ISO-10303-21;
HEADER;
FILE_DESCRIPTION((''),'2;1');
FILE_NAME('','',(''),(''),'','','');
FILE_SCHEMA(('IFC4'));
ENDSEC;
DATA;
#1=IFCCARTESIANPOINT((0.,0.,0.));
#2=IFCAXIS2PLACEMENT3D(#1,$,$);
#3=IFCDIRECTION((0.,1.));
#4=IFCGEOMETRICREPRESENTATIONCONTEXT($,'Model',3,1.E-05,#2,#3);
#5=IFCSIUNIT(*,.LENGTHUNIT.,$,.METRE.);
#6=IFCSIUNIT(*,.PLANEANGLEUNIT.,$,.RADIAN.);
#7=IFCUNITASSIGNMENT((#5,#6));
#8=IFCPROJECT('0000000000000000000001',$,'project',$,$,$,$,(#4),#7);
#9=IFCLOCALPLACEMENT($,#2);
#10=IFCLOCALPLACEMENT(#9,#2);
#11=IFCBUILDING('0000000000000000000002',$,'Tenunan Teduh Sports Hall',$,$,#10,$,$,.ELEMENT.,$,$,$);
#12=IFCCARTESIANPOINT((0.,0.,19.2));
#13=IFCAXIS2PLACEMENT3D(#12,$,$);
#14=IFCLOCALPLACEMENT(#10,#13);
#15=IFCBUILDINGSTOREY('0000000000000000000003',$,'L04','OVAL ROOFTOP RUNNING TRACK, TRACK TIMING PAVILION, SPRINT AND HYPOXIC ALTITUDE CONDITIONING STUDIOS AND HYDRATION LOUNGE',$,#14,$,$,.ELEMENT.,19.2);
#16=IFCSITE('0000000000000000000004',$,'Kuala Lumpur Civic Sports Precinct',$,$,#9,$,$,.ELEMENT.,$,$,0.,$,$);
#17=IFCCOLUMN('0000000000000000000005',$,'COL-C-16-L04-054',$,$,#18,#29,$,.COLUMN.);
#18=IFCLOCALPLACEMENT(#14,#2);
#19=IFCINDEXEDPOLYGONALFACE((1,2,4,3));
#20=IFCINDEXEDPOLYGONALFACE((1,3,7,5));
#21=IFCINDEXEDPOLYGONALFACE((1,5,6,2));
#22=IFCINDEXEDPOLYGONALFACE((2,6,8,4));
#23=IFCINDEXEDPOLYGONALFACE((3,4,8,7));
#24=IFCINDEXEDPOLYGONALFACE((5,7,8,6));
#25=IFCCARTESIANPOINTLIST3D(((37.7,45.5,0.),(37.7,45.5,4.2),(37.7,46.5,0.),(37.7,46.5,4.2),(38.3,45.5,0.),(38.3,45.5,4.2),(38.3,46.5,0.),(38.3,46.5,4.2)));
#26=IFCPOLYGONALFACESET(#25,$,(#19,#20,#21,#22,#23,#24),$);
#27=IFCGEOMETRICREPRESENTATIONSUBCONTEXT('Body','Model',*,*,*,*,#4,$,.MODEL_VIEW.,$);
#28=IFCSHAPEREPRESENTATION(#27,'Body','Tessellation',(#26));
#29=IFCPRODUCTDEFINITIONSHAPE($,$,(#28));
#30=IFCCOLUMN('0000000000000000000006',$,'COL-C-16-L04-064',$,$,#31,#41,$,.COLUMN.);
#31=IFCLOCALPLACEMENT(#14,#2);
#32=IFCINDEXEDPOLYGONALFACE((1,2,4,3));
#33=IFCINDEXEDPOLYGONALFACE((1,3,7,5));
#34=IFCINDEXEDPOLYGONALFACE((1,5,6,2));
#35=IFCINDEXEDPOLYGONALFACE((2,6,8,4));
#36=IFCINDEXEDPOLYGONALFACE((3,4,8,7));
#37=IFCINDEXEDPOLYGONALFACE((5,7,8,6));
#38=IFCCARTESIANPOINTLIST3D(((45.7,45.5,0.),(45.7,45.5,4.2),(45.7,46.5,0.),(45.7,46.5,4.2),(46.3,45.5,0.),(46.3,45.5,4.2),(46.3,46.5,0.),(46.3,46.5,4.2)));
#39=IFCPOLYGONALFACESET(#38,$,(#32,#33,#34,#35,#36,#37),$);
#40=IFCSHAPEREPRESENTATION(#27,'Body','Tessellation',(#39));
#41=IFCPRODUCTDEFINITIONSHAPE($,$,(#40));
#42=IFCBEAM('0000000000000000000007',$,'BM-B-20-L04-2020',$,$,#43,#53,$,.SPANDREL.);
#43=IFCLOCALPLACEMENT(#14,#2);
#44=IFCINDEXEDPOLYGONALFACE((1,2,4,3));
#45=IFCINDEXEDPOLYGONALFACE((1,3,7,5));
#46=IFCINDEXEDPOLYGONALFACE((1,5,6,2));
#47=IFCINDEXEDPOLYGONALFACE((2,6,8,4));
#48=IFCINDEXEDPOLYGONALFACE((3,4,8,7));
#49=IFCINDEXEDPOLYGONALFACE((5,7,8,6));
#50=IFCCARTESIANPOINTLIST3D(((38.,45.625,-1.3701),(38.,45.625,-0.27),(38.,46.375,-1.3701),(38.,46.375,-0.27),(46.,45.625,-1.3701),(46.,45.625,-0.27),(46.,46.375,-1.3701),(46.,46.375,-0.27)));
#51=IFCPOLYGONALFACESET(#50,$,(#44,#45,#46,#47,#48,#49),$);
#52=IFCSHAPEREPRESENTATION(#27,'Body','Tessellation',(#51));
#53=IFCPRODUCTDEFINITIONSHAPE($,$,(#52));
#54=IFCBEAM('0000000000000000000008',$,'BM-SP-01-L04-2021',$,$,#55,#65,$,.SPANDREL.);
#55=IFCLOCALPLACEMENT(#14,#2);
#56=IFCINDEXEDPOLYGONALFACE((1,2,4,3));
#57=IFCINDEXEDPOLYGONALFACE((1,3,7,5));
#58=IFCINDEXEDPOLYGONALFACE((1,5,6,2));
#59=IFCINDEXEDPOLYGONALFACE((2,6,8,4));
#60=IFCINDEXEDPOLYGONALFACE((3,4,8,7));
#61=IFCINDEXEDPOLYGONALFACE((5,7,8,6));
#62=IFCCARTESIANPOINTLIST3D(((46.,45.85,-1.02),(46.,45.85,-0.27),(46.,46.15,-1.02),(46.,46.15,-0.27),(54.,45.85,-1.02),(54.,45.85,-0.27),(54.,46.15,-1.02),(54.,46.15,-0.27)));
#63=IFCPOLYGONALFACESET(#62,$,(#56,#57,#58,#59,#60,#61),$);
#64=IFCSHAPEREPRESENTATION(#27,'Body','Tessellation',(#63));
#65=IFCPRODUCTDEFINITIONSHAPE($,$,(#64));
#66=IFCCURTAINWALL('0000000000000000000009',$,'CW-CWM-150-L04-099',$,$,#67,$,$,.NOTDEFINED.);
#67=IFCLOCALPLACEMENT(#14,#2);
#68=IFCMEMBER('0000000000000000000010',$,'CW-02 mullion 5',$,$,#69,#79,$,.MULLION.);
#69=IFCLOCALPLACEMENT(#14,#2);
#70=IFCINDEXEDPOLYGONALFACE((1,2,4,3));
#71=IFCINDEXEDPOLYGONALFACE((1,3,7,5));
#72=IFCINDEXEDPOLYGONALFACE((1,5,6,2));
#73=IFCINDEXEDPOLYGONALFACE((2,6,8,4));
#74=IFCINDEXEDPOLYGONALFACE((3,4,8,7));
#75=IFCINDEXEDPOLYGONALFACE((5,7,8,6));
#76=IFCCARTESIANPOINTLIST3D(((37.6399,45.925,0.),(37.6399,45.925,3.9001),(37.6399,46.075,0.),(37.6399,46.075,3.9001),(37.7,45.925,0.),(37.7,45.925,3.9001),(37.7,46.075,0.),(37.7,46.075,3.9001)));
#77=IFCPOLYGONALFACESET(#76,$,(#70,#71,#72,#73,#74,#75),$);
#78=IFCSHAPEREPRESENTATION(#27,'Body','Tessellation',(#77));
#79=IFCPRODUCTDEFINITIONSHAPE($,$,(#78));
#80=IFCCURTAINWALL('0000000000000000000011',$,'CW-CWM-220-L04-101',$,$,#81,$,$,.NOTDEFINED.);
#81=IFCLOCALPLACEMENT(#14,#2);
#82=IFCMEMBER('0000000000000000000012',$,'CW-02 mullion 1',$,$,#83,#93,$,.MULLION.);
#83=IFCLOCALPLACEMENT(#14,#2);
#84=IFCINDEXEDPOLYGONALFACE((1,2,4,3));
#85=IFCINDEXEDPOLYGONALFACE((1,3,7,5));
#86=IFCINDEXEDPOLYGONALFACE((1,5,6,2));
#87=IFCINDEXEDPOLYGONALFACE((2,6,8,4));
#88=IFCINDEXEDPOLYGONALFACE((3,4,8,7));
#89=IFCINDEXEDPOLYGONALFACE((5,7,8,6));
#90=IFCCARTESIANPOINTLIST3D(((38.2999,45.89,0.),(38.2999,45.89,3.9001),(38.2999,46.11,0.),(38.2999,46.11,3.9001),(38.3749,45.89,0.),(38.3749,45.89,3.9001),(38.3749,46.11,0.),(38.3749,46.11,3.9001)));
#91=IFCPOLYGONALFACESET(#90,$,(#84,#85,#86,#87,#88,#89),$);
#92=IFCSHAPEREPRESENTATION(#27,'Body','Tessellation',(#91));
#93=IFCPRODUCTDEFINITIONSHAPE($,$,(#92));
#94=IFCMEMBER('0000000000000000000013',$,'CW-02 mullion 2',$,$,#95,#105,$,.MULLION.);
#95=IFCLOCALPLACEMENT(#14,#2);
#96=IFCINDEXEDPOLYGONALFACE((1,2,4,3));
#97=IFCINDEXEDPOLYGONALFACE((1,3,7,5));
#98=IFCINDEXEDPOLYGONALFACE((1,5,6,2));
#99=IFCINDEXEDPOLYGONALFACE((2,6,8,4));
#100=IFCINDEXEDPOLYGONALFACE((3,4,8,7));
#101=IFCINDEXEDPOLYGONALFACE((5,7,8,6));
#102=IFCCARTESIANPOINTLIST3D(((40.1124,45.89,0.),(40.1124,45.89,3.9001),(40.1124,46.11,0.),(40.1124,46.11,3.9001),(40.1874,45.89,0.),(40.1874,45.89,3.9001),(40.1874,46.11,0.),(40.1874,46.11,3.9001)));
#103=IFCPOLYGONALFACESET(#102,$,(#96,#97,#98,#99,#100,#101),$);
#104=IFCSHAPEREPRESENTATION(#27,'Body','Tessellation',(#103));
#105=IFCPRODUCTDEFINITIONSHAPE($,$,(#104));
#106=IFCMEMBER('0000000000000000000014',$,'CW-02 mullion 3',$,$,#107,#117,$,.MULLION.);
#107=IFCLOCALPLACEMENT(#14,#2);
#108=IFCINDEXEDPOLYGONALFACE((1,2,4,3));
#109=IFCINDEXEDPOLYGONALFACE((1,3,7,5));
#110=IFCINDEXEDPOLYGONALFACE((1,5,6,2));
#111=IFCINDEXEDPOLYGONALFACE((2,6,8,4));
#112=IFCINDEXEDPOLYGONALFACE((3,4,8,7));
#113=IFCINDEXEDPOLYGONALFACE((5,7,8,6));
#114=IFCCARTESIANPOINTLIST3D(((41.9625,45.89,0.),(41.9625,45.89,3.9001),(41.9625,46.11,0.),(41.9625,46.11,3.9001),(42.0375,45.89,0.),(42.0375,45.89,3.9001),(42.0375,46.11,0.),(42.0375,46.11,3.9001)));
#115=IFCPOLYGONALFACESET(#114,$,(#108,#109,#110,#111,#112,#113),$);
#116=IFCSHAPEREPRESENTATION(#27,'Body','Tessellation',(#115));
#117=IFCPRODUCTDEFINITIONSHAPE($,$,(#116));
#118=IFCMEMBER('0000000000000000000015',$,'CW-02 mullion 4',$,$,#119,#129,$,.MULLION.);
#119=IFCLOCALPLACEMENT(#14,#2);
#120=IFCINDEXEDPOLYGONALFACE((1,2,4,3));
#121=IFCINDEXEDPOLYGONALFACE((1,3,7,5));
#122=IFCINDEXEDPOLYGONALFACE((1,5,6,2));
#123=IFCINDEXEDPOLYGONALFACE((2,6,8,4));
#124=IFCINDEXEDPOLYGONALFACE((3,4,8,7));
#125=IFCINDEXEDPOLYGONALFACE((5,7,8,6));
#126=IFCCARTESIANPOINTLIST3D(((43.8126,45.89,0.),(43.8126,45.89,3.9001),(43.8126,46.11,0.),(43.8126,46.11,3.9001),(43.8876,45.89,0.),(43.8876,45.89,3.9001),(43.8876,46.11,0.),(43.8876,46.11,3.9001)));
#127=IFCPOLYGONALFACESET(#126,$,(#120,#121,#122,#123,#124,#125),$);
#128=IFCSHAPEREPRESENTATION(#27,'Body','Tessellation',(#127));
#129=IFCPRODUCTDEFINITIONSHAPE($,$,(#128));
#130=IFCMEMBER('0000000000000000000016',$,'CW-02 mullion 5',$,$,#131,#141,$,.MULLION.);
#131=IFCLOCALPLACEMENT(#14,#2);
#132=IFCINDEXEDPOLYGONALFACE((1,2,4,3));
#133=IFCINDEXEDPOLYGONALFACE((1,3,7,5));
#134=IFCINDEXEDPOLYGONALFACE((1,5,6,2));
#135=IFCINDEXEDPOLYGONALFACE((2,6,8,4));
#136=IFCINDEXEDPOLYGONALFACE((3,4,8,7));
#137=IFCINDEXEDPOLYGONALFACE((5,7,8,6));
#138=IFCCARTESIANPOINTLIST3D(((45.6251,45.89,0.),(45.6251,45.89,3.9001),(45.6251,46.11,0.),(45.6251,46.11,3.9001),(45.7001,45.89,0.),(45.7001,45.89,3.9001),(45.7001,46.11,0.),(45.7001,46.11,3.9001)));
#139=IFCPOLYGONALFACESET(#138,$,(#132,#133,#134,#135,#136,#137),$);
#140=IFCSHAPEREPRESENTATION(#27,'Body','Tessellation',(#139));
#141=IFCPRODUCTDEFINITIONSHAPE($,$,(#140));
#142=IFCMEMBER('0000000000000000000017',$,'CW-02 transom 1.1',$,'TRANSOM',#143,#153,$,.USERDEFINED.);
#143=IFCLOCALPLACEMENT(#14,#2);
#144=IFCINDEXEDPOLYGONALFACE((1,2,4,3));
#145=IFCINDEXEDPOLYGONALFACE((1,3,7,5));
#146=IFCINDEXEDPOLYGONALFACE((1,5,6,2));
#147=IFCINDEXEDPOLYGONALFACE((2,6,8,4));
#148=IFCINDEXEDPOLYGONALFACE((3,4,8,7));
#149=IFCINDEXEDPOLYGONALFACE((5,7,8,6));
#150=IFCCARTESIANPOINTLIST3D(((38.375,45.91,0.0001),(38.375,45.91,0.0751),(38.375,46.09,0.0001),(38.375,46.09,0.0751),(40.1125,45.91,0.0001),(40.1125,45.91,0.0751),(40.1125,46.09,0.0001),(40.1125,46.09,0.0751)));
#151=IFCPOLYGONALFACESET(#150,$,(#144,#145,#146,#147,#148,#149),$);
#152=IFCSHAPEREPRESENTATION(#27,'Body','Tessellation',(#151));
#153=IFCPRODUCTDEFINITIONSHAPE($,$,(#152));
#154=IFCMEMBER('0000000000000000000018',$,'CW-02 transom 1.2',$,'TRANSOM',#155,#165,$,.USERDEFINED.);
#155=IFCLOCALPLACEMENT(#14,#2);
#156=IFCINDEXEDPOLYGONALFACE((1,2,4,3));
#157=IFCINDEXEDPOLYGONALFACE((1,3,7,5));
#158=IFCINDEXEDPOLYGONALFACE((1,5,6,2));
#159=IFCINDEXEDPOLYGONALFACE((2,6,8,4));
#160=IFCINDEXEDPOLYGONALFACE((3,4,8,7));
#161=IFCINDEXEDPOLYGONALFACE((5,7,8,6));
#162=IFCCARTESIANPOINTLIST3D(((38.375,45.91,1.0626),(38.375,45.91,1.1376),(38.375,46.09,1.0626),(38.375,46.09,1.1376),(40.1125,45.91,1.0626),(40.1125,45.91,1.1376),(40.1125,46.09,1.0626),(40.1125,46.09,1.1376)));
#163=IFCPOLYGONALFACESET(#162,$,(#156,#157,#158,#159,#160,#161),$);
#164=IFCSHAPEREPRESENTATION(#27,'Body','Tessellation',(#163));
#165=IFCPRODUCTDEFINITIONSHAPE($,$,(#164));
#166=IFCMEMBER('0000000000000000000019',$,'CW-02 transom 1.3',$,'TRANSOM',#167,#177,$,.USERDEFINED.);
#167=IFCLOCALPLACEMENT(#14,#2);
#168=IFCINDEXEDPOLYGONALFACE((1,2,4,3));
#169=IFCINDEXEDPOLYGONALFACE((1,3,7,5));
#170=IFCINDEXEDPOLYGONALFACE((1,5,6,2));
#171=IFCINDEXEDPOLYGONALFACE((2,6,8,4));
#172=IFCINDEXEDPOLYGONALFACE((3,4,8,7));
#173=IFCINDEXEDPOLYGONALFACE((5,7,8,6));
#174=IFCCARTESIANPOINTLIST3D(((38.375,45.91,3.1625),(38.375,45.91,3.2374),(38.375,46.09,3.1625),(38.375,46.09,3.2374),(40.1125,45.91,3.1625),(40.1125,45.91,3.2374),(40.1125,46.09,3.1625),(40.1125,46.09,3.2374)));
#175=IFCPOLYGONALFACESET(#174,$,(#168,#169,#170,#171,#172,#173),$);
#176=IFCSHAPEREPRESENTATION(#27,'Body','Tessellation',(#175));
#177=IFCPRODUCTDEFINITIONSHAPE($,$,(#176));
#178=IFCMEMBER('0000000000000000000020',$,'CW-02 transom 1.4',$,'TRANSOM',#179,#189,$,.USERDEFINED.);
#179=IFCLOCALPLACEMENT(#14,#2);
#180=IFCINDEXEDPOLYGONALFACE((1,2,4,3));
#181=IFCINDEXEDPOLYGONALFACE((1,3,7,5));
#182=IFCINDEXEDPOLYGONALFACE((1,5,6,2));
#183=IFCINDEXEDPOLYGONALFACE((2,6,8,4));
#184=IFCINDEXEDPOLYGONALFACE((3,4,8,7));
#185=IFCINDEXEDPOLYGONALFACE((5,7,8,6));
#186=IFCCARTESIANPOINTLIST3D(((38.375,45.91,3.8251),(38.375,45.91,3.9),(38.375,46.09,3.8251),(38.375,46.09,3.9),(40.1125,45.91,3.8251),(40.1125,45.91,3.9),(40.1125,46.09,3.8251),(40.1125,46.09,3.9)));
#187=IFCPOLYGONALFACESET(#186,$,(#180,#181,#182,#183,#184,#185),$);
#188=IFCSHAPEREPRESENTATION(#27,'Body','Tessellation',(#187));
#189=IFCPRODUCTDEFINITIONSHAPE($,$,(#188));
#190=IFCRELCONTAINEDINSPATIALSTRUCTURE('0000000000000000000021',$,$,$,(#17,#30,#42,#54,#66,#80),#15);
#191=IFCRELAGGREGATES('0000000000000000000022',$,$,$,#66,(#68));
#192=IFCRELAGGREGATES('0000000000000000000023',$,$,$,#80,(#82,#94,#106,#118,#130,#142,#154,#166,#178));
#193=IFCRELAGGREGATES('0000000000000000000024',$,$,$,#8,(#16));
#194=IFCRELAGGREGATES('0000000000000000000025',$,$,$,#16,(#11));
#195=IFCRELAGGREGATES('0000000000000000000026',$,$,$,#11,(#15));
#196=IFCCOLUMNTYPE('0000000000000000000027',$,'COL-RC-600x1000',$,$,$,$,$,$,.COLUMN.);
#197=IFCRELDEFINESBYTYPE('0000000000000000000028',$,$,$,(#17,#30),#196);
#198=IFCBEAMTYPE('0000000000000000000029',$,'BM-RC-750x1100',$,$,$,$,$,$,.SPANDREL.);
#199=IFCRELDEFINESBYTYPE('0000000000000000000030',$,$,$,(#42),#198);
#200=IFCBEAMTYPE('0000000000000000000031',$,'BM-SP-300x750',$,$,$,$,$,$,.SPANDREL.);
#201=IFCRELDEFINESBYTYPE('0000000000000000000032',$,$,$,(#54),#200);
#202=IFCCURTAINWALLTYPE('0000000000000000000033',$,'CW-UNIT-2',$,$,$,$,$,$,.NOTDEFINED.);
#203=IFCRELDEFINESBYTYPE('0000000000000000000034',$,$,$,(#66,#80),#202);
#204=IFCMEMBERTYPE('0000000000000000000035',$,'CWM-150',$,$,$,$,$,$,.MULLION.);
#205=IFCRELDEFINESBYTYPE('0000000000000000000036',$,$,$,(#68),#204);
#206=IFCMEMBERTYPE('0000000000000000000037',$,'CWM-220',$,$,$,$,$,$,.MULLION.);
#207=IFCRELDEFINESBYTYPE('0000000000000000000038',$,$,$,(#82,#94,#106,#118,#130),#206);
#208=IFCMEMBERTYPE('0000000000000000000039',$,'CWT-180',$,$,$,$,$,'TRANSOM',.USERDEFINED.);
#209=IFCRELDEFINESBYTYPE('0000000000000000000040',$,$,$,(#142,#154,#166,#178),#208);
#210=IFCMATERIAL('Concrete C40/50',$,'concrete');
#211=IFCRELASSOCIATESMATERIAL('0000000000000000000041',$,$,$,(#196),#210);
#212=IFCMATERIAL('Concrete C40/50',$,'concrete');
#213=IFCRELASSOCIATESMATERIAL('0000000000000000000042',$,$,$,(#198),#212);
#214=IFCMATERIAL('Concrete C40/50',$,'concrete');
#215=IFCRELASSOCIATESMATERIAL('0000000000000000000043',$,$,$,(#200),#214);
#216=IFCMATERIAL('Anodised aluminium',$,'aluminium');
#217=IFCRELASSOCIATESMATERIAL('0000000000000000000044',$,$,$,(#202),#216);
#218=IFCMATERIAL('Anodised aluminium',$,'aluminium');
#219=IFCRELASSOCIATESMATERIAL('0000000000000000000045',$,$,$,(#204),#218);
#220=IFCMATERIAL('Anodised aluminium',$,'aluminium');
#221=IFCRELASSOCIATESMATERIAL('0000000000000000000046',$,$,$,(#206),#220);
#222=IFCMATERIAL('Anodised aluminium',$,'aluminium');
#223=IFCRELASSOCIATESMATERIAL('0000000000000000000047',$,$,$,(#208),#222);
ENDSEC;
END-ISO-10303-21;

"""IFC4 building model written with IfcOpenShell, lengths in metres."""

from ifc_helpers import new_model, si_unit, direction, frame, origin, origin_2d, place, context, subcontext, project, spatial, rectangle, extrude, material, material_profile, profile_set, type_object, element, aggregate, save


model = new_model("IFC4")

# Units and contexts
model_context = context("Model", 3, precision=1e-05, world=origin(), true_north=direction((0.0, 1.0)))
body_context = subcontext(model_context, "Body", "Model", "MODEL_VIEW")
ifc_project = project(units=[si_unit("LENGTHUNIT", "METRE"), si_unit("PLANEANGLEUNIT", "RADIAN")], contexts=[model_context])

# Site, building, storey
site_placement = place(None, origin())
site = spatial("IfcSite", under=ifc_project, at=site_placement, Name="Kuala Lumpur Civic Sports Precinct", CompositionType="ELEMENT", RefElevation=0.0)
building_placement = place(site_placement, origin())
building = spatial("IfcBuilding", under=site, at=building_placement, Name="Tenunan Teduh Sports Hall", CompositionType="ELEMENT")
storey_placement = place(building_placement, frame((0.0, 0.0, 19.2)))
storey = spatial("IfcBuildingStorey", under=building, at=storey_placement, Name="L04", Description="OVAL ROOFTOP RUNNING TRACK, TRACK TIMING PAVILION, SPRINT AND HYPOXIC ALTITUDE CONDITIONING STUDIOS AND HYDRATION LOUNGE", CompositionType="ELEMENT", Elevation=19.2)

# Columns
ifc_material_1 = material(Name="Concrete C40/50", Category="concrete")
ifc_material_profile_1 = material_profile(ifc_material_1, rectangle(XDim=0.6001, YDim=1.0, at=origin_2d()), Name="RC 600x1000")
ifc_profile_set_1 = profile_set([ifc_material_profile_1], Name="Concrete C40/50")
column_type = type_object("IfcColumnType", Name="COL-RC-600x1000", PredefinedType="COLUMN", material=ifc_profile_set_1)
for number, where, z_axis, x_axis, name in (
    (1, (38.0, 46.0, 0.0), (0.0, 0.0, 1.0), (1.0, 0.0, 0.0), "COL-C-16-L04-054"),
    (2, (46.0, 46.0, 0.0), (0.0, 0.0, 1.0), (1.0, 0.0, 0.0), "COL-C-16-L04-064"),
):
    element("IfcColumn", number, at=place(storey_placement, frame(where, z_axis=z_axis, x_axis=x_axis)), inside=storey, type_object=column_type, Name=name, PredefinedType="COLUMN", context=body_context, shape_type="SweptSolid", body=[
        extrude(rectangle(XDim=0.6001, YDim=1.0, at=origin_2d()), origin(), (0.0, 0.0, 1.0), 4.2),
    ])

# Beams
ifc_material_2 = material(Name="Concrete C40/50", Category="concrete")
ifc_material_profile_2 = material_profile(ifc_material_2, rectangle(XDim=0.75, YDim=1.1001, at=origin_2d()), Name="RCB 750x1100")
ifc_profile_set_2 = profile_set([ifc_material_profile_2], Name="Concrete C40/50")
beam_type_1 = type_object("IfcBeamType", Name="BM-RC-750x1100", PredefinedType="SPANDREL", material=ifc_profile_set_2)
beam_1_placement = place(storey_placement, frame((38.0, 46.0, -0.8201), z_axis=(1.0, 0.0, 0.0), x_axis=(0.0, 1.0, 0.0)))
element("IfcBeam", 3, at=beam_1_placement, inside=storey, type_object=beam_type_1, Name="BM-B-20-L04-2020", PredefinedType="SPANDREL", context=body_context, shape_type="SweptSolid", body=[
    extrude(rectangle(XDim=0.75, YDim=1.1001, at=origin_2d()), origin(), (0.0, 0.0, 1.0), 8.0),
])
ifc_material_3 = material(Name="Concrete C40/50", Category="concrete")
ifc_material_profile_3 = material_profile(ifc_material_3, rectangle(XDim=0.3, YDim=0.75, at=origin_2d()), Name="SPB 300x750")
ifc_profile_set_3 = profile_set([ifc_material_profile_3], Name="Concrete C40/50")
beam_type_2 = type_object("IfcBeamType", Name="BM-SP-300x750", PredefinedType="SPANDREL", material=ifc_profile_set_3)
beam_2_placement = place(storey_placement, frame((46.0, 46.0, -0.645), z_axis=(1.0, 0.0, 0.0), x_axis=(0.0, 1.0, 0.0)))
element("IfcBeam", 4, at=beam_2_placement, inside=storey, type_object=beam_type_2, Name="BM-SP-01-L04-2021", PredefinedType="SPANDREL", context=body_context, shape_type="SweptSolid", body=[
    extrude(rectangle(XDim=0.3, YDim=0.75, at=origin_2d()), origin(), (0.0, 0.0, 1.0), 8.0),
])

# Curtain wall, member
ifc_material_4 = material(Name="Anodised aluminium", Category="aluminium")
curtain_wall_type = type_object("IfcCurtainWallType", Name="CW-UNIT-2", PredefinedType="NOTDEFINED", material=ifc_material_4)
curtain_wall_1_placement = place(storey_placement, origin())
curtain_wall_1 = element("IfcCurtainWall", 5, at=curtain_wall_1_placement, inside=storey, type_object=curtain_wall_type, Name="CW-CWM-150-L04-099", PredefinedType="NOTDEFINED")
ifc_material_5 = material(Name="Anodised aluminium", Category="aluminium")
ifc_material_profile_4 = material_profile(ifc_material_5, rectangle(XDim=0.0601, YDim=0.1499, at=origin_2d()), Name="CWM 60x150")
ifc_profile_set_4 = profile_set([ifc_material_profile_4], Name="Anodised aluminium")
member_type_1 = type_object("IfcMemberType", Name="CWM-150", PredefinedType="MULLION", material=ifc_profile_set_4)
member_1_placement = place(storey_placement, frame((37.6699, 46.0, 0.0), z_axis=(0.0, 0.0, 1.0), x_axis=(1.0, 0.0, 0.0)))
member_1 = element("IfcMember", 6, at=member_1_placement, type_object=member_type_1, Name="CW-02 mullion 5", PredefinedType="MULLION", context=body_context, shape_type="SweptSolid", body=[
    extrude(rectangle(XDim=0.0601, YDim=0.1499, at=origin_2d()), origin(), (0.0, 0.0, 1.0), 3.9001),
])
aggregate(curtain_wall_1, [member_1])

# Curtain wall, members
curtain_wall_2_placement = place(storey_placement, origin())
curtain_wall_2 = element("IfcCurtainWall", 7, at=curtain_wall_2_placement, inside=storey, type_object=curtain_wall_type, Name="CW-CWM-220-L04-101", PredefinedType="NOTDEFINED")
ifc_material_6 = material(Name="Anodised aluminium", Category="aluminium")
ifc_material_profile_5 = material_profile(ifc_material_6, rectangle(XDim=0.075, YDim=0.22, at=origin_2d()), Name="CWM 75x220")
ifc_profile_set_5 = profile_set([ifc_material_profile_5], Name="Anodised aluminium")
member_type_2 = type_object("IfcMemberType", Name="CWM-220", PredefinedType="MULLION", material=ifc_profile_set_5)
member_2_placement = place(storey_placement, frame((38.3374, 46.0, 0.0), z_axis=(0.0, 0.0, 1.0), x_axis=(1.0, 0.0, 0.0)))
member_2 = element("IfcMember", 8, at=member_2_placement, type_object=member_type_2, Name="CW-02 mullion 1", PredefinedType="MULLION", context=body_context, shape_type="SweptSolid", body=[
    extrude(rectangle(XDim=0.075, YDim=0.22, at=origin_2d()), origin(), (0.0, 0.0, 1.0), 3.9001),
])
member_3_placement = place(storey_placement, frame((40.1499, 46.0, 0.0), z_axis=(0.0, 0.0, 1.0), x_axis=(1.0, 0.0, 0.0)))
member_3 = element("IfcMember", 9, at=member_3_placement, type_object=member_type_2, Name="CW-02 mullion 2", PredefinedType="MULLION", context=body_context, shape_type="SweptSolid", body=[
    extrude(rectangle(XDim=0.075, YDim=0.22, at=origin_2d()), origin(), (0.0, 0.0, 1.0), 3.9001),
])
member_4_placement = place(storey_placement, frame((42.0, 46.0, 0.0), z_axis=(0.0, 0.0, 1.0), x_axis=(1.0, 0.0, 0.0)))
member_4 = element("IfcMember", 10, at=member_4_placement, type_object=member_type_2, Name="CW-02 mullion 3", PredefinedType="MULLION", context=body_context, shape_type="SweptSolid", body=[
    extrude(rectangle(XDim=0.075, YDim=0.22, at=origin_2d()), origin(), (0.0, 0.0, 1.0), 3.9001),
])
member_5_placement = place(storey_placement, frame((43.8501, 46.0, 0.0), z_axis=(0.0, 0.0, 1.0), x_axis=(1.0, 0.0, 0.0)))
member_5 = element("IfcMember", 11, at=member_5_placement, type_object=member_type_2, Name="CW-02 mullion 4", PredefinedType="MULLION", context=body_context, shape_type="SweptSolid", body=[
    extrude(rectangle(XDim=0.075, YDim=0.22, at=origin_2d()), origin(), (0.0, 0.0, 1.0), 3.9001),
])
member_6_placement = place(storey_placement, frame((45.6626, 46.0, 0.0), z_axis=(0.0, 0.0, 1.0), x_axis=(1.0, 0.0, 0.0)))
member_6 = element("IfcMember", 12, at=member_6_placement, type_object=member_type_2, Name="CW-02 mullion 5", PredefinedType="MULLION", context=body_context, shape_type="SweptSolid", body=[
    extrude(rectangle(XDim=0.075, YDim=0.22, at=origin_2d()), origin(), (0.0, 0.0, 1.0), 3.9001),
])
ifc_material_7 = material(Name="Anodised aluminium", Category="aluminium")
ifc_material_profile_6 = material_profile(ifc_material_7, rectangle(XDim=0.075, YDim=0.1799, at=origin_2d()), Name="CWT 75x180")
ifc_profile_set_6 = profile_set([ifc_material_profile_6], Name="Anodised aluminium")
member_type_3 = type_object("IfcMemberType", Name="CWT-180", ElementType="TRANSOM", PredefinedType="USERDEFINED", material=ifc_profile_set_6)
member_7_placement = place(storey_placement, frame((38.375, 46.0, 0.0376), z_axis=(1.0, 0.0, 0.0), x_axis=(0.0, 0.0, 1.0)))
member_7 = element("IfcMember", 13, at=member_7_placement, type_object=member_type_3, Name="CW-02 transom 1.1", ObjectType="TRANSOM", PredefinedType="USERDEFINED", context=body_context, shape_type="SweptSolid", body=[
    extrude(rectangle(XDim=0.075, YDim=0.1799, at=origin_2d()), origin(), (0.0, 0.0, 1.0), 1.7375),
])
member_8_placement = place(storey_placement, frame((38.375, 46.0, 1.1001), z_axis=(1.0, 0.0, 0.0), x_axis=(0.0, 0.0, 1.0)))
member_8 = element("IfcMember", 14, at=member_8_placement, type_object=member_type_3, Name="CW-02 transom 1.2", ObjectType="TRANSOM", PredefinedType="USERDEFINED", context=body_context, shape_type="SweptSolid", body=[
    extrude(rectangle(XDim=0.075, YDim=0.1799, at=origin_2d()), origin(), (0.0, 0.0, 1.0), 1.7375),
])
member_9_placement = place(storey_placement, frame((38.375, 46.0, 3.2), z_axis=(1.0, 0.0, 0.0), x_axis=(0.0, 0.0, 1.0)))
member_9 = element("IfcMember", 15, at=member_9_placement, type_object=member_type_3, Name="CW-02 transom 1.3", ObjectType="TRANSOM", PredefinedType="USERDEFINED", context=body_context, shape_type="SweptSolid", body=[
    extrude(rectangle(XDim=0.075, YDim=0.1799, at=origin_2d()), origin(), (0.0, 0.0, 1.0), 1.7375),
])
member_10_placement = place(storey_placement, frame((38.375, 46.0, 3.8625), z_axis=(1.0, 0.0, 0.0), x_axis=(0.0, 0.0, 1.0)))
member_10 = element("IfcMember", 16, at=member_10_placement, type_object=member_type_3, Name="CW-02 transom 1.4", ObjectType="TRANSOM", PredefinedType="USERDEFINED", context=body_context, shape_type="SweptSolid", body=[
    extrude(rectangle(XDim=0.075, YDim=0.1799, at=origin_2d()), origin(), (0.0, 0.0, 1.0), 1.7375),
])

aggregate(curtain_wall_2, [member_2, member_3, member_4, member_5, member_6, member_7, member_8, member_9, member_10])

save(model, "model.ifc")
